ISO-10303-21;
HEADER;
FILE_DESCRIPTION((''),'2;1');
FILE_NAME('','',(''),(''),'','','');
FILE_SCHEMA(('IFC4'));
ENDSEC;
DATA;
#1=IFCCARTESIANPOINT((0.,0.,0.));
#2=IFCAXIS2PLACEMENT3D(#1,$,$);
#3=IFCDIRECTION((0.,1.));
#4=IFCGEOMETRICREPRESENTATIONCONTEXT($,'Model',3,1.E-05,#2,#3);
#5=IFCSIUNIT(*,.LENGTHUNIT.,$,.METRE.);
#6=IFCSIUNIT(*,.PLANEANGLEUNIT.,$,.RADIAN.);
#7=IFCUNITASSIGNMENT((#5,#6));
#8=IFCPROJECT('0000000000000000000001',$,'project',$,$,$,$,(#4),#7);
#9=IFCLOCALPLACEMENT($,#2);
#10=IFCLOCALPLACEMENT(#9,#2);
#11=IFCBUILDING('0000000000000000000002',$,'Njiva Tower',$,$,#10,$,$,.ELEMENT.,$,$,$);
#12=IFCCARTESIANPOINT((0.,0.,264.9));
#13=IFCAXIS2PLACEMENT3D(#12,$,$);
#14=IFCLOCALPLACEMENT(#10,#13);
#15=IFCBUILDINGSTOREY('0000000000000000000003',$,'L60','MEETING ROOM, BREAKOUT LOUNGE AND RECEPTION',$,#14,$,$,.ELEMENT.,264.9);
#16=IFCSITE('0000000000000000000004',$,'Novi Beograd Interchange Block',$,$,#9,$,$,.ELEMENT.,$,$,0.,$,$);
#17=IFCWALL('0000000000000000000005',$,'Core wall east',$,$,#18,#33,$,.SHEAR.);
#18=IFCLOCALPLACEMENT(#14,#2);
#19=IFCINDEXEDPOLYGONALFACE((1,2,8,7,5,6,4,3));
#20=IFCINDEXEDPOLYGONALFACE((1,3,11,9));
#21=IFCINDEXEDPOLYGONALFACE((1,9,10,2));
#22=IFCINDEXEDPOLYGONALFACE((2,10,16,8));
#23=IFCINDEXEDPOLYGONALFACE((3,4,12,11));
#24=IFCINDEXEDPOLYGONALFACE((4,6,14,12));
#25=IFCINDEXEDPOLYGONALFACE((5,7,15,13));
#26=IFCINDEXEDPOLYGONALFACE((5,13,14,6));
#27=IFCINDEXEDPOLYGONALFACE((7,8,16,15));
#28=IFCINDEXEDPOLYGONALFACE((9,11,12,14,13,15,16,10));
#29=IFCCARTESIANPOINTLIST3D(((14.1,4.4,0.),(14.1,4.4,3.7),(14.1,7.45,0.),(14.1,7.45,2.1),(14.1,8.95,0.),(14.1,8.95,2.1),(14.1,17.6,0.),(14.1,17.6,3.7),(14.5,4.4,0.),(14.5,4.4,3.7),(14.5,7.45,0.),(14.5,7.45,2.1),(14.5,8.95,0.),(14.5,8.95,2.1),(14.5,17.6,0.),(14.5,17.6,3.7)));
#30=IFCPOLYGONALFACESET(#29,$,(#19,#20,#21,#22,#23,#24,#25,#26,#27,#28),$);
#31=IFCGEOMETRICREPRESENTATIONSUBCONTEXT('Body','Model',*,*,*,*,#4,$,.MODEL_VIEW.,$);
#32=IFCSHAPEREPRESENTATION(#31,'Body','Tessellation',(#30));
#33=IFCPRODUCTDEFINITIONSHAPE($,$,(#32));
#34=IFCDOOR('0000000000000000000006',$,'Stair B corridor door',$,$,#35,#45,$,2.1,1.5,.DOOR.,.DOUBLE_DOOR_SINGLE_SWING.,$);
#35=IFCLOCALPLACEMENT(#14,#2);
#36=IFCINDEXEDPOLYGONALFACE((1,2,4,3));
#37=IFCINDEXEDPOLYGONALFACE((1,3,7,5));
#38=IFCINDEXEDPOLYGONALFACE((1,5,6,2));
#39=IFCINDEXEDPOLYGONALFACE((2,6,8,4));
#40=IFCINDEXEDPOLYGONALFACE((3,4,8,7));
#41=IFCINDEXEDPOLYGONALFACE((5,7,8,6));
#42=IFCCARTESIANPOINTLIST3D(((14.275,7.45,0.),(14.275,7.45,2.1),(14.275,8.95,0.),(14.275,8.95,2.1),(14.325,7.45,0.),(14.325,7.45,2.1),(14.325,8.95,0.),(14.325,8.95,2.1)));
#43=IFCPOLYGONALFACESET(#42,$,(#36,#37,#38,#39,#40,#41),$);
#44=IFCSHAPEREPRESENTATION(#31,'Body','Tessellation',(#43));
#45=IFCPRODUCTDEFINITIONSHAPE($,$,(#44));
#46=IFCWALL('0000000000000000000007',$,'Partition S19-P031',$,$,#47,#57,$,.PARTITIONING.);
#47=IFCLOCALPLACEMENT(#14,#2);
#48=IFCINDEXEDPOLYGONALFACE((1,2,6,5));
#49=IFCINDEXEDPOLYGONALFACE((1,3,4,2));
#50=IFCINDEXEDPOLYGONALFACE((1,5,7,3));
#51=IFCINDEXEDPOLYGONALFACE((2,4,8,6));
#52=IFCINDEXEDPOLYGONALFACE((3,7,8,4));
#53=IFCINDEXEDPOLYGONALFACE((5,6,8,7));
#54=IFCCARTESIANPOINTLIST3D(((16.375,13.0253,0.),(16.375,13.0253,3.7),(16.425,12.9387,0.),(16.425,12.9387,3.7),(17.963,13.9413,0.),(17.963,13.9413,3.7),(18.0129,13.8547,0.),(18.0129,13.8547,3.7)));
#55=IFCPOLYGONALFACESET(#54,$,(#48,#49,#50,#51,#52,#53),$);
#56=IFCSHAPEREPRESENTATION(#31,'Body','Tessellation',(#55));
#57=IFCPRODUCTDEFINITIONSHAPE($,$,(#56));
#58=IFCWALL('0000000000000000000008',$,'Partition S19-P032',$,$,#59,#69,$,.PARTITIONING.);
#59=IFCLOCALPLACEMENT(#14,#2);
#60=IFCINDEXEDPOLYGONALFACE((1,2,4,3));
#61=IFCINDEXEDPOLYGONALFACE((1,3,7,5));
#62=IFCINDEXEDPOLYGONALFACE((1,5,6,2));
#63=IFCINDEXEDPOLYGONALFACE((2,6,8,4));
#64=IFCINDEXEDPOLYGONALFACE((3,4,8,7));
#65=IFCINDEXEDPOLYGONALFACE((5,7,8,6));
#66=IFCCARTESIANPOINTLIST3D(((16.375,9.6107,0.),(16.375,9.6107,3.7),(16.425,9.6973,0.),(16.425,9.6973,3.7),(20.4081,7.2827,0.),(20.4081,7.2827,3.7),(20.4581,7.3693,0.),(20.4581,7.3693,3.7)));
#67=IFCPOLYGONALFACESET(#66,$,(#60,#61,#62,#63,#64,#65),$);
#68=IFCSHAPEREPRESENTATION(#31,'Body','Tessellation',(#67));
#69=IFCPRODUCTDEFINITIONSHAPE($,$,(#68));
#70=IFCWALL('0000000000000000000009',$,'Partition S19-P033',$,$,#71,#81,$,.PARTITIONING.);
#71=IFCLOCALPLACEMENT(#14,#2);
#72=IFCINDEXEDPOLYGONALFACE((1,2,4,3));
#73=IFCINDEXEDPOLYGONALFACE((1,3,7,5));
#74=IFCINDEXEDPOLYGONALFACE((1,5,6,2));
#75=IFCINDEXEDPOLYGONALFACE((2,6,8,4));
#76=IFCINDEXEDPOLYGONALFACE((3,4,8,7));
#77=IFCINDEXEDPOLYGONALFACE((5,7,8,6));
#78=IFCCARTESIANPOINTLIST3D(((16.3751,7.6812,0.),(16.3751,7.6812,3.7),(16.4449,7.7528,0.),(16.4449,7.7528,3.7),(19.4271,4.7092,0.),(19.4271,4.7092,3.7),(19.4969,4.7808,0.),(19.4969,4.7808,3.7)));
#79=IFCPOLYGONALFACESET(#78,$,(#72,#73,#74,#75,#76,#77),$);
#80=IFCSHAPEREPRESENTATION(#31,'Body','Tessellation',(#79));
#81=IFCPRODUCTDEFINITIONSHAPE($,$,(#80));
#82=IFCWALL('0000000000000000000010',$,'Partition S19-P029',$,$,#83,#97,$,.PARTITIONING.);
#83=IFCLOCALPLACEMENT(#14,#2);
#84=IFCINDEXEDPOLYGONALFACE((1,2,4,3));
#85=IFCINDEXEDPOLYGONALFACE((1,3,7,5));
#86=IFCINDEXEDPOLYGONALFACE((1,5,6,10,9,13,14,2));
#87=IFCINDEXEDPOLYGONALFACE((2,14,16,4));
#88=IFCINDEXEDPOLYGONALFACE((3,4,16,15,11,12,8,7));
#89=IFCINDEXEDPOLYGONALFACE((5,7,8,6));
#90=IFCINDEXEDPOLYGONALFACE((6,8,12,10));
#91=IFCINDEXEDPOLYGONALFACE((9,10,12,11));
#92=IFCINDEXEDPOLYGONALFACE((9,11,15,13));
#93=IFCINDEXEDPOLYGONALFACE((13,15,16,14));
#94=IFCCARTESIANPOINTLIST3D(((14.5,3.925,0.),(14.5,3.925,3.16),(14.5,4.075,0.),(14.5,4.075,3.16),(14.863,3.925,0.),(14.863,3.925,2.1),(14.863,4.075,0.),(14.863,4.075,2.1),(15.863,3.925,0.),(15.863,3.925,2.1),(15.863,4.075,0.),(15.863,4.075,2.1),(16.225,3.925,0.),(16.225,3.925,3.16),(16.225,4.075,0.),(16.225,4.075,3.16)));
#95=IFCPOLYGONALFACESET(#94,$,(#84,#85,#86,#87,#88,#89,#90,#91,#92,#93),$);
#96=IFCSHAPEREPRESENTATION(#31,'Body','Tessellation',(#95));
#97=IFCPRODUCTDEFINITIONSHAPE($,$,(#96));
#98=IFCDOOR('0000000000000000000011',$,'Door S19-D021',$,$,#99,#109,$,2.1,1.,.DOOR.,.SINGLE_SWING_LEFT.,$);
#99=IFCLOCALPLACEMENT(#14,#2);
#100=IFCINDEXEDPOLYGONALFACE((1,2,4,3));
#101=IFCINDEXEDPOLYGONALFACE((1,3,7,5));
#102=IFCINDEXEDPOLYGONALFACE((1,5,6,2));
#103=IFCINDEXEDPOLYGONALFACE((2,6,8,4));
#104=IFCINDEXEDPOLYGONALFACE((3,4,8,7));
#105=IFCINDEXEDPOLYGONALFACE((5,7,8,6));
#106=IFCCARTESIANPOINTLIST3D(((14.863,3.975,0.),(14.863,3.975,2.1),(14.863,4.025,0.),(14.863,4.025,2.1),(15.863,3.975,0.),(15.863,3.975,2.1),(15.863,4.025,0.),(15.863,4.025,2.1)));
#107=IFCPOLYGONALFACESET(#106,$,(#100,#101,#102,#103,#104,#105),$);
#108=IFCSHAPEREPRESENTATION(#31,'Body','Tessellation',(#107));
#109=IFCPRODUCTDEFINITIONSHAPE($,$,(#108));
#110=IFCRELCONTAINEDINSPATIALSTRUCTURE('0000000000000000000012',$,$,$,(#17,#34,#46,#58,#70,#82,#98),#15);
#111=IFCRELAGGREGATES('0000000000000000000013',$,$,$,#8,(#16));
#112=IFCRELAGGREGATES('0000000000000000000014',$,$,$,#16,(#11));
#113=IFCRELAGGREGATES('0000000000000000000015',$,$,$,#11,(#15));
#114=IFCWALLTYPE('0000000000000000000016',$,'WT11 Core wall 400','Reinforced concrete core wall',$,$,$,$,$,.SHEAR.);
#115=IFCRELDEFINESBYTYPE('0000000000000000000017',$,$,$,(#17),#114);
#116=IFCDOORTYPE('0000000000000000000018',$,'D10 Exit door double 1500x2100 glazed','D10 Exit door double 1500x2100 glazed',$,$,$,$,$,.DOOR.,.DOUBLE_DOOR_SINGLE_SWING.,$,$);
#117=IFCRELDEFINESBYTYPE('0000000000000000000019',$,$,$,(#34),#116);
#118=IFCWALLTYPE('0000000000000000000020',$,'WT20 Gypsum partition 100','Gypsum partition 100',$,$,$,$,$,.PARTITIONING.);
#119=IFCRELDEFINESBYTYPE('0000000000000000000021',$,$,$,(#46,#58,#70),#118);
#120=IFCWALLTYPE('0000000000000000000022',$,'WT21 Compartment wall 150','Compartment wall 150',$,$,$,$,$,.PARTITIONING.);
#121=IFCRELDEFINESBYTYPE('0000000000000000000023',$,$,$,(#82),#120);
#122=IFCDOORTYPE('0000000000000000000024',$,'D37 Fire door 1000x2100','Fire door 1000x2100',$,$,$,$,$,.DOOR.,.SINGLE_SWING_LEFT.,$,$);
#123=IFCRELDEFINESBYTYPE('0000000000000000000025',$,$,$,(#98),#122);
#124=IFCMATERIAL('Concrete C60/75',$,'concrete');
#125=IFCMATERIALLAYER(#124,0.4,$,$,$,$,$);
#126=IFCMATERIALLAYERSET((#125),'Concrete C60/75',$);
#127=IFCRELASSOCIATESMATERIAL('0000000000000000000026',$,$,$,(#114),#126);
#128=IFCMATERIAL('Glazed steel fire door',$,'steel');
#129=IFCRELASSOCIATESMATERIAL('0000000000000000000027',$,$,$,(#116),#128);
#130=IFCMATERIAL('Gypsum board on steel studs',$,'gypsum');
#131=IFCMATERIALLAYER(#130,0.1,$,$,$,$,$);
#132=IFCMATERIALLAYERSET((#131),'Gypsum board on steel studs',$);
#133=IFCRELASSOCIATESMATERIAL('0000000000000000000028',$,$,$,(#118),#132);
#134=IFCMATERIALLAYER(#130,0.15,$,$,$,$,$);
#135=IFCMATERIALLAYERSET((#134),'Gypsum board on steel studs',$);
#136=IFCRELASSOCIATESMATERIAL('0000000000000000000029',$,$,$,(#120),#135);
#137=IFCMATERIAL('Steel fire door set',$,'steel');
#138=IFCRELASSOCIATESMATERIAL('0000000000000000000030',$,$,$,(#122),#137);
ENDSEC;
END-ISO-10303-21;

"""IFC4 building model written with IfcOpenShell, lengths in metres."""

from ifc_helpers import new_model, si_unit, direction, frame, frame_2d, origin, place, context, subcontext, project, spatial, rectangle, extrude, material, layer, layer_set, type_object, element, fill, save


model = new_model("IFC4")

# Units and contexts
model_context = context("Model", 3, precision=1e-05, world=origin(), true_north=direction((0.0, 1.0)))
body_context = subcontext(model_context, "Body", "Model", "MODEL_VIEW")
ifc_project = project(units=[si_unit("LENGTHUNIT", "METRE"), si_unit("PLANEANGLEUNIT", "RADIAN")], contexts=[model_context])

# Site, building, storey
site_placement = place(None, origin())
site = spatial("IfcSite", under=ifc_project, at=site_placement, Name="Novi Beograd Interchange Block", CompositionType="ELEMENT", RefElevation=0.0)
building_placement = place(site_placement, origin())
building = spatial("IfcBuilding", under=site, at=building_placement, Name="Njiva Tower", CompositionType="ELEMENT")
storey_placement = place(building_placement, frame((0.0, 0.0, 264.9)))
storey = spatial("IfcBuildingStorey", under=building, at=storey_placement, Name="L60", Description="MEETING ROOM, BREAKOUT LOUNGE AND RECEPTION", CompositionType="ELEMENT", Elevation=264.9)

# Wall, opening, door
ifc_material_1 = material(Name="Concrete C60/75", Category="concrete")
ifc_layer_1 = layer(ifc_material_1, 0.4)
ifc_layer_set_1 = layer_set([ifc_layer_1], Name="Concrete C60/75")
wall_type_1 = type_object("IfcWallType", Name="WT11 Core wall 400", Description="Reinforced concrete core wall", PredefinedType="SHEAR", material=ifc_layer_set_1)
wall_1_placement = place(storey_placement, frame((14.3, 4.4, 0.0), z_axis=(0.0, 0.0, 1.0), x_axis=(0.0, 1.0, 0.0)))
wall_1 = element("IfcWall", 1, at=wall_1_placement, inside=storey, type_object=wall_type_1, Name="Core wall east", PredefinedType="SHEAR", context=body_context, shape_type="SweptSolid", body=[
    extrude(rectangle(XDim=13.2, YDim=0.4, at=frame_2d((6.6, 0.0))), origin(), (0.0, 0.0, 1.0), 3.7),
])
opening_1_placement = place(wall_1_placement, frame((3.05, 0.0, 0.0)))
opening_1 = element("IfcOpeningElement", 2, at=opening_1_placement, cuts=wall_1, PredefinedType="OPENING", context=body_context, shape_type="SweptSolid", body=[
    extrude(rectangle(XDim=1.5, YDim=2.1, at=frame_2d((0.75, 1.05))), frame((0.0, 0.21, 0.0), z_axis=(0.0, -1.0, 0.0), x_axis=(1.0, 0.0, 0.0)), (0.0, 0.0, 1.0), 0.42),
])
ifc_material_2 = material(Name="Glazed steel fire door", Category="steel")
door_type_1 = type_object("IfcDoorType", Name="D10 Exit door double 1500x2100 glazed", Description="D10 Exit door double 1500x2100 glazed", OperationType="DOUBLE_DOOR_SINGLE_SWING", PredefinedType="DOOR", material=ifc_material_2)
door_1_placement = place(opening_1_placement, origin())
door_1 = element("IfcDoor", 3, at=door_1_placement, inside=storey, type_object=door_type_1, Name="Stair B corridor door", OperationType="DOUBLE_DOOR_SINGLE_SWING", OverallHeight=2.1, OverallWidth=1.5, PredefinedType="DOOR", context=body_context, shape_type="SweptSolid", body=[
    extrude(rectangle(XDim=1.5, YDim=2.1, at=frame_2d((0.75, 1.05))), frame((0.0, 0.025, 0.0), z_axis=(0.0, -1.0, 0.0), x_axis=(1.0, 0.0, 0.0)), (0.0, 0.0, 1.0), 0.05),
])
fill(opening_1, door_1)

# Walls
ifc_material_3 = material(Name="Gypsum board on steel studs", Category="gypsum")
ifc_layer_2 = layer(ifc_material_3, 0.1)
ifc_layer_set_2 = layer_set([ifc_layer_2], Name="Gypsum board on steel studs")
wall_type_2 = type_object("IfcWallType", Name="WT20 Gypsum partition 100", Description="Gypsum partition 100", PredefinedType="PARTITIONING", material=ifc_layer_set_2)
wall_2_placement = place(storey_placement, frame((16.4, 12.982, 0.0), z_axis=(0.0, 0.0, 1.0), x_axis=(0.866222, 0.499659, 0.0)))
element("IfcWall", 4, at=wall_2_placement, inside=storey, type_object=wall_type_2, Name="Partition S19-P031", PredefinedType="PARTITIONING", context=body_context, shape_type="SweptSolid", body=[
    extrude(rectangle(XDim=1.8332, YDim=0.1, at=frame_2d((0.9166, 0.0))), origin(), (0.0, 0.0, 1.0), 3.7),
])
wall_3_placement = place(storey_placement, frame((16.4, 9.654, 0.0), z_axis=(0.0, 0.0, 1.0), x_axis=(0.866068, -0.499927, 0.0)))
element("IfcWall", 5, at=wall_3_placement, inside=storey, type_object=wall_type_2, Name="Partition S19-P032", PredefinedType="PARTITIONING", context=body_context, shape_type="SweptSolid", body=[
    extrude(rectangle(XDim=4.6567, YDim=0.1, at=frame_2d((2.3284, 0.0))), origin(), (0.0, 0.0, 1.0), 3.7),
])
wall_4_placement = place(storey_placement, frame((16.41, 7.717, 0.0), z_axis=(0.0, 0.0, 1.0), x_axis=(0.716434, -0.697655, 0.0)))
element("IfcWall", 6, at=wall_4_placement, inside=storey, type_object=wall_type_2, Name="Partition S19-P033", PredefinedType="PARTITIONING", context=body_context, shape_type="SweptSolid", body=[
    extrude(rectangle(XDim=4.26, YDim=0.1, at=frame_2d((2.13, 0.0))), origin(), (0.0, 0.0, 1.0), 3.7),
])

# Wall, opening, door
ifc_layer_3 = layer(ifc_material_3, 0.15)
ifc_layer_set_3 = layer_set([ifc_layer_3], Name="Gypsum board on steel studs")
wall_type_3 = type_object("IfcWallType", Name="WT21 Compartment wall 150", Description="Compartment wall 150", PredefinedType="PARTITIONING", material=ifc_layer_set_3)
wall_5_placement = place(storey_placement, frame((14.5, 4.0, 0.0), z_axis=(0.0, 0.0, 1.0), x_axis=(1.0, 0.0, 0.0)))
wall_5 = element("IfcWall", 7, at=wall_5_placement, inside=storey, type_object=wall_type_3, Name="Partition S19-P029", PredefinedType="PARTITIONING", context=body_context, shape_type="SweptSolid", body=[
    extrude(rectangle(XDim=1.725, YDim=0.15, at=frame_2d((0.8625, 0.0))), origin(), (0.0, 0.0, 1.0), 3.16),
])
opening_2_placement = place(wall_5_placement, frame((0.363, 0.0, 0.0)))
opening_2 = element("IfcOpeningElement", 8, at=opening_2_placement, cuts=wall_5, PredefinedType="OPENING", context=body_context, shape_type="SweptSolid", body=[
    extrude(rectangle(XDim=1.0, YDim=2.1, at=frame_2d((0.5, 1.05))), frame((0.0, 0.085, 0.0), z_axis=(0.0, -1.0, 0.0), x_axis=(1.0, 0.0, 0.0)), (0.0, 0.0, 1.0), 0.17),
])
ifc_material_4 = material(Name="Steel fire door set", Category="steel")
door_type_2 = type_object("IfcDoorType", Name="D37 Fire door 1000x2100", Description="Fire door 1000x2100", OperationType="SINGLE_SWING_LEFT", PredefinedType="DOOR", material=ifc_material_4)
door_2_placement = place(opening_2_placement, origin())
door_2 = element("IfcDoor", 9, at=door_2_placement, inside=storey, type_object=door_type_2, Name="Door S19-D021", OperationType="SINGLE_SWING_LEFT", OverallHeight=2.1, OverallWidth=1.0, PredefinedType="DOOR", context=body_context, shape_type="SweptSolid", body=[
    extrude(rectangle(XDim=1.0, YDim=2.1, at=frame_2d((0.5, 1.05))), frame((0.0, 0.025, 0.0), z_axis=(0.0, -1.0, 0.0), x_axis=(1.0, 0.0, 0.0)), (0.0, 0.0, 1.0), 0.05),
])
fill(opening_2, door_2)

save(model, "model.ifc")
